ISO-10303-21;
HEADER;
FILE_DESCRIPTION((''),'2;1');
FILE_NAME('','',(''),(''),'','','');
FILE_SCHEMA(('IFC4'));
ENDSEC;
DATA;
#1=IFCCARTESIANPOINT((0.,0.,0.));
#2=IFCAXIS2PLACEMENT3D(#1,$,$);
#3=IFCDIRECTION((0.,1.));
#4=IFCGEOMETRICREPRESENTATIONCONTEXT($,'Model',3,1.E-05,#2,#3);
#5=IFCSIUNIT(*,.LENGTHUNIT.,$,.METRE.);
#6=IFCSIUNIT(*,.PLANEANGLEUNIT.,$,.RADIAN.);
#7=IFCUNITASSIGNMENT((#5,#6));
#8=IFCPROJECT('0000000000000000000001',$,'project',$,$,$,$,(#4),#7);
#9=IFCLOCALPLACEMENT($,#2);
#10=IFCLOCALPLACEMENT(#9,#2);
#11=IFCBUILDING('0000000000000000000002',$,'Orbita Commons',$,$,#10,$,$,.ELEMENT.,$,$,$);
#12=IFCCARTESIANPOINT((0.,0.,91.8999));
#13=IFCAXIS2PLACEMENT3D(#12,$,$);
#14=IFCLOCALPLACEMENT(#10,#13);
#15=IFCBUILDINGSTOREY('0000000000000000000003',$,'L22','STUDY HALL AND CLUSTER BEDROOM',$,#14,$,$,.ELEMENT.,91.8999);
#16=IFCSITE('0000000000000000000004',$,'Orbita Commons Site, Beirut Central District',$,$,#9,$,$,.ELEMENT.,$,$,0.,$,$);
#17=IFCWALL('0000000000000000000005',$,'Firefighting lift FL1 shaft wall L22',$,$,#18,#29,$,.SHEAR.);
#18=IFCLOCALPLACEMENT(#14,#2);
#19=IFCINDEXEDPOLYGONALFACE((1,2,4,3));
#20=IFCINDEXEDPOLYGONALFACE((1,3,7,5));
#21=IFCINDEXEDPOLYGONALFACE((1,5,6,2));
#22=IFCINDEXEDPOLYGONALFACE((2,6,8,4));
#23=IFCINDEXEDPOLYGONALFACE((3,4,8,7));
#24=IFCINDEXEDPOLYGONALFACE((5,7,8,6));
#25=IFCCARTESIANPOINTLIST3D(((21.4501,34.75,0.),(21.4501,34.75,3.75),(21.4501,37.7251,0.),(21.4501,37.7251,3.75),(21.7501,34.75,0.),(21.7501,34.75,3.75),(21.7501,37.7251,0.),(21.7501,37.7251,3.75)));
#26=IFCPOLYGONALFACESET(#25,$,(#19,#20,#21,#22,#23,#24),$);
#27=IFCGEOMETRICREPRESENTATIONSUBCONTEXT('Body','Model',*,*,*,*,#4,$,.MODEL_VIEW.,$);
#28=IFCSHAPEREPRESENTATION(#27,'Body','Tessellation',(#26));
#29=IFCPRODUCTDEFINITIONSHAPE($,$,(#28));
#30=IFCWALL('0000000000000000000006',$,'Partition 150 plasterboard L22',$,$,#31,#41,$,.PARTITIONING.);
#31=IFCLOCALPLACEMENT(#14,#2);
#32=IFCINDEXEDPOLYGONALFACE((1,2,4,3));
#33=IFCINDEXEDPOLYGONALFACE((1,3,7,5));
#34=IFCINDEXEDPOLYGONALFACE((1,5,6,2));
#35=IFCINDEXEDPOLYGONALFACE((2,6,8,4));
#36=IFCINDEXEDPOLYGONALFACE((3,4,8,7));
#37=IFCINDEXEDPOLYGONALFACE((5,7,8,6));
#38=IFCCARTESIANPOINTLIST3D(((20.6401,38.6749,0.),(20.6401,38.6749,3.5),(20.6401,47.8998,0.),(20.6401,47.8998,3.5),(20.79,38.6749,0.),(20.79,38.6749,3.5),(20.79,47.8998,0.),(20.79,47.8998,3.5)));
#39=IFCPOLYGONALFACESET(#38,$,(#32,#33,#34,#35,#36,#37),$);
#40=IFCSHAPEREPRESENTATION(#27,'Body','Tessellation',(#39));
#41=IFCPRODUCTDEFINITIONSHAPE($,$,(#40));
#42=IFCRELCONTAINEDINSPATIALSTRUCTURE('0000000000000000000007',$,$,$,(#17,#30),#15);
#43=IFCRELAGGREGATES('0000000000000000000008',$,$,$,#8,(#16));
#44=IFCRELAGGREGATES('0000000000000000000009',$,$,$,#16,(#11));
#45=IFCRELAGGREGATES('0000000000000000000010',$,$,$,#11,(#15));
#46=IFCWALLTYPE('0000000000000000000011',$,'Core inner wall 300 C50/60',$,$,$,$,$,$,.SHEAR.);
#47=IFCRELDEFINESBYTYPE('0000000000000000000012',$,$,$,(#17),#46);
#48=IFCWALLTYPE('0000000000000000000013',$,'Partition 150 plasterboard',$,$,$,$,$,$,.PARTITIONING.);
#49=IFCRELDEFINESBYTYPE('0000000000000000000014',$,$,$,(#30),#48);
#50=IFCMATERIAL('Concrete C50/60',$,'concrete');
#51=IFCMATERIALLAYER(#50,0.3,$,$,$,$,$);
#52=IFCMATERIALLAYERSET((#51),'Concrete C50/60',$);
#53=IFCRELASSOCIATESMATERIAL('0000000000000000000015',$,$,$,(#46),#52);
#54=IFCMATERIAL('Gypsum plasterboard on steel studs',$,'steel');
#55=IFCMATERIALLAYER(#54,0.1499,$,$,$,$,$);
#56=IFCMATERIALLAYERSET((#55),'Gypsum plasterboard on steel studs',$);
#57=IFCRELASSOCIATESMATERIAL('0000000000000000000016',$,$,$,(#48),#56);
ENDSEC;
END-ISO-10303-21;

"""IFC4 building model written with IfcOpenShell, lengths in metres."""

from ifc_helpers import new_model, si_unit, direction, frame, frame_2d, origin, place, context, subcontext, project, spatial, rectangle, extrude, material, layer, layer_set, type_object, element, save


model = new_model("IFC4")

# Units and contexts
model_context = context("Model", 3, precision=1e-05, world=origin(), true_north=direction((0.0, 1.0)))
body_context = subcontext(model_context, "Body", "Model", "MODEL_VIEW")
ifc_project = project(units=[si_unit("LENGTHUNIT", "METRE"), si_unit("PLANEANGLEUNIT", "RADIAN")], contexts=[model_context])

# Site, building, storey
site_placement = place(None, origin())
site = spatial("IfcSite", under=ifc_project, at=site_placement, Name="Orbita Commons Site, Beirut Central District", CompositionType="ELEMENT", RefElevation=0.0)
building_placement = place(site_placement, origin())
building = spatial("IfcBuilding", under=site, at=building_placement, Name="Orbita Commons", CompositionType="ELEMENT")
storey_placement = place(building_placement, frame((0.0, 0.0, 91.8999)))
storey = spatial("IfcBuildingStorey", under=building, at=storey_placement, Name="L22", Description="STUDY HALL AND CLUSTER BEDROOM", CompositionType="ELEMENT", Elevation=91.8999)

# Walls
ifc_material_1 = material(Name="Concrete C50/60", Category="concrete")
ifc_layer_1 = layer(ifc_material_1, 0.3)
ifc_layer_set_1 = layer_set([ifc_layer_1], Name="Concrete C50/60")
wall_type_1 = type_object("IfcWallType", Name="Core inner wall 300 C50/60", PredefinedType="SHEAR", material=ifc_layer_set_1)
wall_1_placement = place(storey_placement, frame((21.6001, 34.75, 0.0), z_axis=(0.0, 0.0, 1.0), x_axis=(0.0, 1.0, 0.0)))
element("IfcWall", 1, at=wall_1_placement, inside=storey, type_object=wall_type_1, Name="Firefighting lift FL1 shaft wall L22", PredefinedType="SHEAR", context=body_context, shape_type="SweptSolid", body=[
    extrude(rectangle(XDim=2.9751, YDim=0.3, at=frame_2d((1.4875, 0.0))), origin(), (0.0, 0.0, 1.0), 3.75),
])
ifc_material_2 = material(Name="Gypsum plasterboard on steel studs", Category="steel")
ifc_layer_2 = layer(ifc_material_2, 0.1499)
ifc_layer_set_2 = layer_set([ifc_layer_2], Name="Gypsum plasterboard on steel studs")
wall_type_2 = type_object("IfcWallType", Name="Partition 150 plasterboard", PredefinedType="PARTITIONING", material=ifc_layer_set_2)
wall_2_placement = place(storey_placement, frame((20.7151, 38.675, 0.0), z_axis=(0.0, 0.0, 1.0), x_axis=(0.0, 1.0, 0.0)))
element("IfcWall", 2, at=wall_2_placement, inside=storey, type_object=wall_type_2, Name="Partition 150 plasterboard L22", PredefinedType="PARTITIONING", context=body_context, shape_type="SweptSolid", body=[
    extrude(rectangle(XDim=9.2249, YDim=0.1499, at=frame_2d((4.6123, 0.0))), origin(), (0.0, 0.0, 1.0), 3.5),
])

save(model, "model.ifc")
